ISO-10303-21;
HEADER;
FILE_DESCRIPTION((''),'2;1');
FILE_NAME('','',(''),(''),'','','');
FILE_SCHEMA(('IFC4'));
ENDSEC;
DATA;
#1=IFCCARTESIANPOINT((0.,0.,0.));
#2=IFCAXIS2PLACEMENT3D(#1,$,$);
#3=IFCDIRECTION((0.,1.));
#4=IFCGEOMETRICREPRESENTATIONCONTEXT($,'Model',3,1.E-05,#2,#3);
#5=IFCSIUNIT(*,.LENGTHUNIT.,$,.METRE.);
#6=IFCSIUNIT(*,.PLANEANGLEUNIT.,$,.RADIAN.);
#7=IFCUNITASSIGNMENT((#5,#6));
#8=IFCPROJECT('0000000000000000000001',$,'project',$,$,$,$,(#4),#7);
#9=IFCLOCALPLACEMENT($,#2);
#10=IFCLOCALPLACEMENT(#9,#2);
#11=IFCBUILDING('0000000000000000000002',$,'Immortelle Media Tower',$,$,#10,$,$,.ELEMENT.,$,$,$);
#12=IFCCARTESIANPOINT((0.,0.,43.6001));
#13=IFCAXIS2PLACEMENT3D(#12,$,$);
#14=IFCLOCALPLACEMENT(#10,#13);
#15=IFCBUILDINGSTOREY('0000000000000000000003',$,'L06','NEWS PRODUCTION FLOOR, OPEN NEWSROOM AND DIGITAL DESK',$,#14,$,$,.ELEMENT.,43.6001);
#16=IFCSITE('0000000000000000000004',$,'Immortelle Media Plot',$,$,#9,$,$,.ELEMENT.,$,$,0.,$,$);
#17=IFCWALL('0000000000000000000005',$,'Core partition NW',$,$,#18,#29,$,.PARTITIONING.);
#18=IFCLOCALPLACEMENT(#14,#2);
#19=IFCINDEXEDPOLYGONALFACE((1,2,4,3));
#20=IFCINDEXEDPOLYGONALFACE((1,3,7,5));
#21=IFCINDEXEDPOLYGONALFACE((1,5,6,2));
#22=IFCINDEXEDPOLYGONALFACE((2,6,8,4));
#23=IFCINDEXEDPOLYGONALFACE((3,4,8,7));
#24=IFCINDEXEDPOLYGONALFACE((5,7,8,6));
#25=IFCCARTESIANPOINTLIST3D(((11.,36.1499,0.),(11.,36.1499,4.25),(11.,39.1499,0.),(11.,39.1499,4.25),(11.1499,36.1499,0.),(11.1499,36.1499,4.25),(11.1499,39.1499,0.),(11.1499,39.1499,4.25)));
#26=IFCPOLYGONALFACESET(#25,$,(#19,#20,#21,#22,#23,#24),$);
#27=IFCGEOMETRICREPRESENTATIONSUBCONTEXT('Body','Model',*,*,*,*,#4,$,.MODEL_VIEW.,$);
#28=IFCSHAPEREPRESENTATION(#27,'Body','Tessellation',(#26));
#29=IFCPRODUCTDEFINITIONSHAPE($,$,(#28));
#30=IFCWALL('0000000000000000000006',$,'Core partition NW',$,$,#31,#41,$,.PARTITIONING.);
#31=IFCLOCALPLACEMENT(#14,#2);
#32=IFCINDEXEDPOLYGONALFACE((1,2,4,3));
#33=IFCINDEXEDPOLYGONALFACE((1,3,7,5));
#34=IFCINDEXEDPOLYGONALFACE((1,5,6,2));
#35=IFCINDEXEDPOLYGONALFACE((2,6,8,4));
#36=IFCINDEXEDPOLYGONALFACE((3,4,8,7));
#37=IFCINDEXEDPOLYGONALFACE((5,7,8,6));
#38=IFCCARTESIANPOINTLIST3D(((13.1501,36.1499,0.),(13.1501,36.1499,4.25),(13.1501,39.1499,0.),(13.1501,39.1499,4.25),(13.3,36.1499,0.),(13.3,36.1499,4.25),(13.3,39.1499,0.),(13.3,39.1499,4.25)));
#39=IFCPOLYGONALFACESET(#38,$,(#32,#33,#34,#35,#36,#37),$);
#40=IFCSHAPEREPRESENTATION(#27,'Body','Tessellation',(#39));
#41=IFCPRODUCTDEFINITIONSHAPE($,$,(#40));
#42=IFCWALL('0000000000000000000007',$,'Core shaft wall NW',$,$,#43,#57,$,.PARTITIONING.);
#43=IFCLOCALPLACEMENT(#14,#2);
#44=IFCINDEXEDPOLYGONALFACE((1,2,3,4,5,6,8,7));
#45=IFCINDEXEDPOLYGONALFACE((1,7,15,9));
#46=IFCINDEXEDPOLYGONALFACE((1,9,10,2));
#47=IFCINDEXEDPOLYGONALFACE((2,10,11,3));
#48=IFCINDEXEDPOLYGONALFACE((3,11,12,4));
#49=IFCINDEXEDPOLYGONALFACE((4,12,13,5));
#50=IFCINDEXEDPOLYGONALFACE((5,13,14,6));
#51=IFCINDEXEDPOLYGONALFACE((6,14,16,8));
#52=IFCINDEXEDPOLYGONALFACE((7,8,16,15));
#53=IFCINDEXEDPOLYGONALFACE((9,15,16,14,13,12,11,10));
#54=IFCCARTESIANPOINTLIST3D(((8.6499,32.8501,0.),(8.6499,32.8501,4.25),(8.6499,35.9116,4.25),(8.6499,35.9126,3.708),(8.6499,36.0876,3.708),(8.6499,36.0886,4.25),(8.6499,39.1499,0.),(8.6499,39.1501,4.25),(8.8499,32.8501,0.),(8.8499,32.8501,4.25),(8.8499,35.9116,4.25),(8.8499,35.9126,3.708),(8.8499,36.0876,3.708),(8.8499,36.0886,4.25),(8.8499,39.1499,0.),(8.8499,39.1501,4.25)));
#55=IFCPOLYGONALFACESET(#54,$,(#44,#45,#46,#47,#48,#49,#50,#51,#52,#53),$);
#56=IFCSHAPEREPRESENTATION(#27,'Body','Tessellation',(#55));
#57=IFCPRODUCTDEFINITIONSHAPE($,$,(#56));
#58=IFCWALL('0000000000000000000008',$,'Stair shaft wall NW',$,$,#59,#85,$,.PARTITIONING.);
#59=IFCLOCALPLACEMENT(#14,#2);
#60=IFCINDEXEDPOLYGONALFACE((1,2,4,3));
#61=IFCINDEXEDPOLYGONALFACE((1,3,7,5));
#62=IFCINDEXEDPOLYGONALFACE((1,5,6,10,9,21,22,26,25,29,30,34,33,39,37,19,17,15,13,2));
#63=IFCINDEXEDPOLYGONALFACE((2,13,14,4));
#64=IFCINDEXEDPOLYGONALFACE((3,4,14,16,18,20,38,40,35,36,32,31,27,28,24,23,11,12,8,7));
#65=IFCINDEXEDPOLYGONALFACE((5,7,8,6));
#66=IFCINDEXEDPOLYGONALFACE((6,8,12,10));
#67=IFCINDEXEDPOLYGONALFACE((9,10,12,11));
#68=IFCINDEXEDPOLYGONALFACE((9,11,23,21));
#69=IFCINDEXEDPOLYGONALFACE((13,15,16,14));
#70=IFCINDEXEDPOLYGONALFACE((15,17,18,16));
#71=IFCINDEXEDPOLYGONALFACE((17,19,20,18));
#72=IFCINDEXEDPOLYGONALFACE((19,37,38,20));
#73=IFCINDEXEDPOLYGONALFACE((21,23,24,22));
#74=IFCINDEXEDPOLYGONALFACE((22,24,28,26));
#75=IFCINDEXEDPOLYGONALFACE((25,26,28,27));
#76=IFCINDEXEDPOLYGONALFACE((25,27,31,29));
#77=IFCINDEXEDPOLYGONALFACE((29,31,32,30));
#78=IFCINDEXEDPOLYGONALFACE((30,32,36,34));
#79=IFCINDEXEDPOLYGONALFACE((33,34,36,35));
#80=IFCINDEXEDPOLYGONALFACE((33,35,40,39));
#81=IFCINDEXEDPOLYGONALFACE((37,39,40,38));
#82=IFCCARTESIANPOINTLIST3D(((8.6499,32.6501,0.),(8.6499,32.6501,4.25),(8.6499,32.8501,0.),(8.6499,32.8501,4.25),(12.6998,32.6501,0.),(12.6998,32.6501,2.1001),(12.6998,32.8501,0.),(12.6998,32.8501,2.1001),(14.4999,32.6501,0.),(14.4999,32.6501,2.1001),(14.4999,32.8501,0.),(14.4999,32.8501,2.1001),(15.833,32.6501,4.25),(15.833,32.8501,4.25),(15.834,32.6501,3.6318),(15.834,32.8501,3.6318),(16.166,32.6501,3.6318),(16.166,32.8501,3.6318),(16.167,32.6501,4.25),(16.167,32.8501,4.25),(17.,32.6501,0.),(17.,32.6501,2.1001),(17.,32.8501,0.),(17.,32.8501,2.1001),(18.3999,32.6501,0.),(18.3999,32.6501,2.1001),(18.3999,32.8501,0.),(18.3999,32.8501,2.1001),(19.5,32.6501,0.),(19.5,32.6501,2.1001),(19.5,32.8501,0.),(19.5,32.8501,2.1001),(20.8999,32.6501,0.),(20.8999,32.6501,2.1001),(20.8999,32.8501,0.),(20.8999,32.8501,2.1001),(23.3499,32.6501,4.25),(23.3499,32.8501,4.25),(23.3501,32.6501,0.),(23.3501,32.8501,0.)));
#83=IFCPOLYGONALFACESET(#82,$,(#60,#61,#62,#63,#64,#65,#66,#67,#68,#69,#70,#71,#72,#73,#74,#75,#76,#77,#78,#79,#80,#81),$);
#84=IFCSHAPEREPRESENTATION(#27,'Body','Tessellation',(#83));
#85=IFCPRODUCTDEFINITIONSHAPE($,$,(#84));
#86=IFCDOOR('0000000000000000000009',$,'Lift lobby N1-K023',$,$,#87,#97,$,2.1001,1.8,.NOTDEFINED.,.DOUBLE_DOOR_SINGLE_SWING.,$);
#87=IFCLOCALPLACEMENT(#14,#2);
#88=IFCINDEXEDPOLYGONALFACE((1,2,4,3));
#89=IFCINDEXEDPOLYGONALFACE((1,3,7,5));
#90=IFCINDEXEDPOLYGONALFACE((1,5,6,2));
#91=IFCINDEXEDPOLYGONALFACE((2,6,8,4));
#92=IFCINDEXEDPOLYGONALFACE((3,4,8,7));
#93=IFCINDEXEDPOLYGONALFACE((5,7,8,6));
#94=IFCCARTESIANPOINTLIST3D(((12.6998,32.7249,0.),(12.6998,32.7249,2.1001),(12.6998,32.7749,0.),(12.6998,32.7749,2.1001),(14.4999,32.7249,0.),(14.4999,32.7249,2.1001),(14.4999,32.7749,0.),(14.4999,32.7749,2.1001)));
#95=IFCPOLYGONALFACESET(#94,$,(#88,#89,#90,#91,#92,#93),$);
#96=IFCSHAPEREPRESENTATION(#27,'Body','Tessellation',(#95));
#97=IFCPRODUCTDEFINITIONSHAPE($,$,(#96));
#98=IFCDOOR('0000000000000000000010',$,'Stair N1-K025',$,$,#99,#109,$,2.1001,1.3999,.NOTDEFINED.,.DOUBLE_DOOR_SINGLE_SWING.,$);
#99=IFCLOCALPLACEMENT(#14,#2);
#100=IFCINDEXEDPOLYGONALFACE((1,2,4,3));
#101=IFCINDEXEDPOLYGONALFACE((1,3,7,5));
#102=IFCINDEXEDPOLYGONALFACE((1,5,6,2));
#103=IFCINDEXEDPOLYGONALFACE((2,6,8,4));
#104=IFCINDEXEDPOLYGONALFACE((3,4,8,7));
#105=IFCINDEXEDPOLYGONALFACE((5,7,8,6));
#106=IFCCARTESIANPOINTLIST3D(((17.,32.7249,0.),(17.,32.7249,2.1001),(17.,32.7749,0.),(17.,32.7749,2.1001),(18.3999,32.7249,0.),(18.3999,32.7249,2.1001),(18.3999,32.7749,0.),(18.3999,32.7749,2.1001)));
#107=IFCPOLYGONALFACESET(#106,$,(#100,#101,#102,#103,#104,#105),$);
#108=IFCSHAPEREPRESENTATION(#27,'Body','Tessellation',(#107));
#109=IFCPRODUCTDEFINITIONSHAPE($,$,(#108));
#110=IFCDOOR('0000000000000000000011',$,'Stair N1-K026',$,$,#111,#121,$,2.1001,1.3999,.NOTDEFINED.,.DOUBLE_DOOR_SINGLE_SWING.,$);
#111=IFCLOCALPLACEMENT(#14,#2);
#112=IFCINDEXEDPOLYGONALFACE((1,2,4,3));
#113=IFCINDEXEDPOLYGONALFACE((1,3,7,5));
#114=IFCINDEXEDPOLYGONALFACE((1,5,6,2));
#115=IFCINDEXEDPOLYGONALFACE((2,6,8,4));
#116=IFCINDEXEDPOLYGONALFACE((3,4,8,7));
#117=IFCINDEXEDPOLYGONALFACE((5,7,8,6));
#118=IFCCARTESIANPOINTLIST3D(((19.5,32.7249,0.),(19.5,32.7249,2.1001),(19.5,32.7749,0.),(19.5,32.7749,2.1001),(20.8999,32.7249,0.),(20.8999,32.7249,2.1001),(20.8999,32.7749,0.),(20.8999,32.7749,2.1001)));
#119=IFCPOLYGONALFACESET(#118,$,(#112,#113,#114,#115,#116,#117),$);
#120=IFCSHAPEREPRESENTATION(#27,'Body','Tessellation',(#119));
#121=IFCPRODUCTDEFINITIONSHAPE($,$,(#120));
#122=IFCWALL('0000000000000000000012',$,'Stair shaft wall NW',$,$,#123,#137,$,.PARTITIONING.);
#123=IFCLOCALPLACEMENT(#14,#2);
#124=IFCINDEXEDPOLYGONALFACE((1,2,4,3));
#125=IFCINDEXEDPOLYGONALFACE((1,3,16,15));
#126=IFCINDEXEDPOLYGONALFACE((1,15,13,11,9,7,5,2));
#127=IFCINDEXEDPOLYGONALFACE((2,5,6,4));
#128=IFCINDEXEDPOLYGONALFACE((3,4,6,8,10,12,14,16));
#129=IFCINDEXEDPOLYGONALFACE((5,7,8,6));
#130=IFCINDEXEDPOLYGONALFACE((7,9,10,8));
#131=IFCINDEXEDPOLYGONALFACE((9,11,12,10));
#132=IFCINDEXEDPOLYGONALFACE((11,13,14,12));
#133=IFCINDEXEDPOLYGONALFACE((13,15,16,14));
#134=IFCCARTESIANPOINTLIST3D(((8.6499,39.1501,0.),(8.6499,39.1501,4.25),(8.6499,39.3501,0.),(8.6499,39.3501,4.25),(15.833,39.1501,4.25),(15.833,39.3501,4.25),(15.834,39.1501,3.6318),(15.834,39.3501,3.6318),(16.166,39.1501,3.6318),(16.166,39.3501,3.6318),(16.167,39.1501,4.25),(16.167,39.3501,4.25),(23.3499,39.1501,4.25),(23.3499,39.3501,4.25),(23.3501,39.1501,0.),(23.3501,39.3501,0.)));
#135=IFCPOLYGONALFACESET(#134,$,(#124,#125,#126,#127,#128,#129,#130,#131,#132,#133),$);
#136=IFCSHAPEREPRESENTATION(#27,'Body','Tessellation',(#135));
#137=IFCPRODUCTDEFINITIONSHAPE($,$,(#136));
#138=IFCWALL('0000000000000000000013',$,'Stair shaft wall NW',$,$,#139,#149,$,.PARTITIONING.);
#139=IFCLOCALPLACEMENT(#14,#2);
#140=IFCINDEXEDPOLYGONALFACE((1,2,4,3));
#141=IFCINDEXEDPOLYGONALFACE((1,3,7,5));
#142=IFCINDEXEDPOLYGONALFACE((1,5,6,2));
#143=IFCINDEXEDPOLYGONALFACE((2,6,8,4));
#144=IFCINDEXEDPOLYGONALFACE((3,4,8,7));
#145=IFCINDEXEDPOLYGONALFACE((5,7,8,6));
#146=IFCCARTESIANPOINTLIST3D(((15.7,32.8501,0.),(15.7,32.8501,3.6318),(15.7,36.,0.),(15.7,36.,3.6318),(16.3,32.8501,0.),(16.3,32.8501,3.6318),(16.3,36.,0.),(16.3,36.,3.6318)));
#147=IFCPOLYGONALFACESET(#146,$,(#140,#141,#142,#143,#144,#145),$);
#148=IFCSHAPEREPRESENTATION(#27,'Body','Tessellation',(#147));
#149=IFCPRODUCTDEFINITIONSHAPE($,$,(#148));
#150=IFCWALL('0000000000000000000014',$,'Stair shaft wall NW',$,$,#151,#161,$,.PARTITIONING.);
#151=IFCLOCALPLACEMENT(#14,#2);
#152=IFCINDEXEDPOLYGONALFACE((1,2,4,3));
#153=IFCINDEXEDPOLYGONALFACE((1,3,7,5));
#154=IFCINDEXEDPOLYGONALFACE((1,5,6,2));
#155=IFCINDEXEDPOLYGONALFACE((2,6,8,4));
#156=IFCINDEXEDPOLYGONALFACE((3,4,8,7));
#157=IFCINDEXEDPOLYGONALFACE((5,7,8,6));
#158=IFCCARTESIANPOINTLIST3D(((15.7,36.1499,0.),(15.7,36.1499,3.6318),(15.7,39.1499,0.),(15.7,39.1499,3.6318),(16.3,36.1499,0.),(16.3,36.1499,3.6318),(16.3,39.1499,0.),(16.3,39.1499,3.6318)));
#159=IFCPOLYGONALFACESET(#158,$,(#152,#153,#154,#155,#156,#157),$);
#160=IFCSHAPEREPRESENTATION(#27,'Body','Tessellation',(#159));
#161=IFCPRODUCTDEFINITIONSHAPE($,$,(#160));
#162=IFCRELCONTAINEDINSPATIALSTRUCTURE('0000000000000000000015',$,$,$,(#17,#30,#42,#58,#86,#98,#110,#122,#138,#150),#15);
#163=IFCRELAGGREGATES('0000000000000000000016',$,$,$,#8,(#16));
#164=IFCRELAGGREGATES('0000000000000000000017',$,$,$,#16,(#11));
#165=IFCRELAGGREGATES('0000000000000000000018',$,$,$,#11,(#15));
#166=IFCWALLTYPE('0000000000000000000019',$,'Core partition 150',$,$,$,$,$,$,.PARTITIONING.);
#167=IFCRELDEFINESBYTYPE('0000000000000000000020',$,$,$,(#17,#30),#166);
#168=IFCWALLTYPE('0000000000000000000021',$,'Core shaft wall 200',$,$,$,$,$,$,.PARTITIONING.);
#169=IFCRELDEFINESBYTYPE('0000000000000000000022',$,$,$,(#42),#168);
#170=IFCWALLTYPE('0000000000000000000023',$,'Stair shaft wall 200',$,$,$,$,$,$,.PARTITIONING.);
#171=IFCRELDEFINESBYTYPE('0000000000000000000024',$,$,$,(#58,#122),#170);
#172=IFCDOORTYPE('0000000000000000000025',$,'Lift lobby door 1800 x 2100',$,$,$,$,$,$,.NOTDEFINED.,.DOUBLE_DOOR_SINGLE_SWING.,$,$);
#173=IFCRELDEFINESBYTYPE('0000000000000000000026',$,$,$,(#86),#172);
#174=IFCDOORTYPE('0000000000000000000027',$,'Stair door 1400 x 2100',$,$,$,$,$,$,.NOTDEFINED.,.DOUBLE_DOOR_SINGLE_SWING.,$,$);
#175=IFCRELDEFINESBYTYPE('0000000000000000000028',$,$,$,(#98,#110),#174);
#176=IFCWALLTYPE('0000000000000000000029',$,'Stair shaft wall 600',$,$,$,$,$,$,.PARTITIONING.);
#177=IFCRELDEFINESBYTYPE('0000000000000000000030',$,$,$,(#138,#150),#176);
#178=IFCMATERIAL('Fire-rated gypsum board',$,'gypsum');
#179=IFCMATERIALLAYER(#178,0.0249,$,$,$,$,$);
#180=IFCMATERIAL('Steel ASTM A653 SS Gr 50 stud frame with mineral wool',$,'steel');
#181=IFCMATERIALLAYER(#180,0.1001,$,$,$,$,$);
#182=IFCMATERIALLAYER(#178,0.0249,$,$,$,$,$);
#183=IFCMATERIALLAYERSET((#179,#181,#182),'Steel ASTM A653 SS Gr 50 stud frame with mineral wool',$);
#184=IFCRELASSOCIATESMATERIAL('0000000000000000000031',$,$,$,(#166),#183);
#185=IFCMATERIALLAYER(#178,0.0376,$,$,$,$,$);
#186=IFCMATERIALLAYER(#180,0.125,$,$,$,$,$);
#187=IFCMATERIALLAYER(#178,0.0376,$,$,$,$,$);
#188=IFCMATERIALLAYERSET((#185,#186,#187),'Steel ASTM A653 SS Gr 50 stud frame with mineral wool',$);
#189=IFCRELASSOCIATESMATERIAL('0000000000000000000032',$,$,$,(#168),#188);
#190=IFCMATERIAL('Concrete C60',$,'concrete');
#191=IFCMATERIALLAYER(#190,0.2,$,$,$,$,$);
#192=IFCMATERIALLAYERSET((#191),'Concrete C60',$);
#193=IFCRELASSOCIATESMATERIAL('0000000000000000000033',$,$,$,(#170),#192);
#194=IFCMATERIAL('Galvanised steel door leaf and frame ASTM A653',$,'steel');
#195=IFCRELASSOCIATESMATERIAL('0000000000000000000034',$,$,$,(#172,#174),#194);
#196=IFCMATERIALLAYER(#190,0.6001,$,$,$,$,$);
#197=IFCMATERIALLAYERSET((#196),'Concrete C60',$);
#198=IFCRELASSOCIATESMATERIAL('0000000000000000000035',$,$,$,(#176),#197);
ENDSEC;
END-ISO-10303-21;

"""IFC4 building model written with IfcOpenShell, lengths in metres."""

from ifc_helpers import new_model, si_unit, direction, frame, frame_2d, origin, place, context, subcontext, project, spatial, polyline, rectangle, outline, extrude, material, layer, layer_set, type_object, element, fill, save


model = new_model("IFC4")

# Units and contexts
model_context = context("Model", 3, precision=1e-05, world=origin(), true_north=direction((0.0, 1.0)))
body_context = subcontext(model_context, "Body", "Model", "MODEL_VIEW")
ifc_project = project(units=[si_unit("LENGTHUNIT", "METRE"), si_unit("PLANEANGLEUNIT", "RADIAN")], contexts=[model_context])

# Site, building, storey
site_placement = place(None, origin())
site = spatial("IfcSite", under=ifc_project, at=site_placement, Name="Immortelle Media Plot", CompositionType="ELEMENT", RefElevation=0.0)
building_placement = place(site_placement, origin())
building = spatial("IfcBuilding", under=site, at=building_placement, Name="Immortelle Media Tower", CompositionType="ELEMENT")
storey_placement = place(building_placement, frame((0.0, 0.0, 43.6001)))
storey = spatial("IfcBuildingStorey", under=building, at=storey_placement, Name="L06", Description="NEWS PRODUCTION FLOOR, OPEN NEWSROOM AND DIGITAL DESK", CompositionType="ELEMENT", Elevation=43.6001)

# Shared definitions
ifc_material_1 = material(Name="Fire-rated gypsum board", Category="gypsum")
ifc_layer_1 = layer(ifc_material_1, 0.0249)
ifc_material_2 = material(Name="Steel ASTM A653 SS Gr 50 stud frame with mineral wool", Category="steel")
ifc_layer_2 = layer(ifc_material_2, 0.1001)
ifc_layer_3 = layer(ifc_material_1, 0.0249)
ifc_layer_set_1 = layer_set([ifc_layer_1, ifc_layer_2, ifc_layer_3], Name="Steel ASTM A653 SS Gr 50 stud frame with mineral wool")
wall_type_1 = type_object("IfcWallType", Name="Core partition 150", PredefinedType="PARTITIONING", material=ifc_layer_set_1)

# Walls
for number, where, z_axis, x_axis, name in (
    (1, (11.075, 36.1499, 0.0), (0.0, 0.0, 1.0), (0.0, 1.0, 0.0), "Core partition NW"),
    (2, (13.2251, 36.1499, 0.0), (0.0, 0.0, 1.0), (0.0, 1.0, 0.0), "Core partition NW"),
):
    element("IfcWall", number, at=place(storey_placement, frame(where, z_axis=z_axis, x_axis=x_axis)), inside=storey, type_object=wall_type_1, Name=name, PredefinedType="PARTITIONING", context=body_context, shape_type="SweptSolid", body=[
        extrude(rectangle(XDim=3.0, YDim=0.1499, at=frame_2d((1.5, 0.0))), origin(), (0.0, 0.0, 1.0), 4.25),
    ])
ifc_layer_4 = layer(ifc_material_1, 0.0376)
ifc_layer_5 = layer(ifc_material_2, 0.125)
ifc_layer_6 = layer(ifc_material_1, 0.0376)
ifc_layer_set_2 = layer_set([ifc_layer_4, ifc_layer_5, ifc_layer_6], Name="Steel ASTM A653 SS Gr 50 stud frame with mineral wool")
wall_type_2 = type_object("IfcWallType", Name="Core shaft wall 200", PredefinedType="PARTITIONING", material=ifc_layer_set_2)
wall_1_placement = place(storey_placement, frame((8.75, 32.8501, 0.0), z_axis=(0.0, 0.0, 1.0), x_axis=(0.0, 1.0, 0.0)))
element("IfcWall", 3, at=wall_1_placement, inside=storey, type_object=wall_type_2, Name="Core shaft wall NW", PredefinedType="PARTITIONING", context=body_context, shape_type="SweptSolid", body=[
    extrude(outline(polyline([(0.0, 0.0), (6.2998, 0.0), (6.3, 4.25), (3.2385, 4.25), (3.2375, 3.708), (3.0625, 3.708), (3.0615, 4.25), (0.0, 4.25), (0.0, 0.0)])), frame((0.0, 0.1001, 0.0), z_axis=(0.0, -1.0, 0.0), x_axis=(1.0, 0.0, 0.0)), (0.0, 0.0, 1.0), 0.2),
])

# Wall, openings, doors
ifc_material_3 = material(Name="Concrete C60", Category="concrete")
ifc_layer_7 = layer(ifc_material_3, 0.2)
ifc_layer_set_3 = layer_set([ifc_layer_7], Name="Concrete C60")
wall_type_3 = type_object("IfcWallType", Name="Stair shaft wall 200", PredefinedType="PARTITIONING", material=ifc_layer_set_3)
wall_2_placement = place(storey_placement, frame((8.6499, 32.75, 0.0), z_axis=(0.0, 0.0, 1.0), x_axis=(1.0, 0.0, 0.0)))
wall_2 = element("IfcWall", 4, at=wall_2_placement, inside=storey, type_object=wall_type_3, Name="Stair shaft wall NW", PredefinedType="PARTITIONING", context=body_context, shape_type="SweptSolid", body=[
    extrude(outline(polyline([(0.0, 0.0), (14.7002, 0.0), (14.7, 4.25), (7.5171, 4.25), (7.5161, 3.6318), (7.1841, 3.6318), (7.1831, 4.25), (0.0, 4.25), (0.0, 0.0)])), frame((0.0, 0.1001, 0.0), z_axis=(0.0, -1.0, 0.0), x_axis=(1.0, 0.0, 0.0)), (0.0, 0.0, 1.0), 0.2),
])
opening_1_placement = place(wall_2_placement, frame((4.05, 0.0, 0.0)))
opening_1 = element("IfcOpeningElement", 5, at=opening_1_placement, cuts=wall_2, PredefinedType="OPENING", context=body_context, shape_type="SweptSolid", body=[
    extrude(rectangle(XDim=1.8, YDim=2.1001, at=frame_2d((0.8999, 1.05))), frame((0.0, 0.1099, 0.0), z_axis=(0.0, -1.0, 0.0), x_axis=(1.0, 0.0, 0.0)), (0.0, 0.0, 1.0), 0.22),
])
opening_2_placement = place(wall_2_placement, frame((8.3501, 0.0, 0.0)))
opening_2 = element("IfcOpeningElement", 6, at=opening_2_placement, cuts=wall_2, PredefinedType="OPENING", context=body_context, shape_type="SweptSolid", body=[
    extrude(rectangle(XDim=1.3999, YDim=2.1001, at=frame_2d((0.7, 1.05))), frame((0.0, 0.1099, 0.0), z_axis=(0.0, -1.0, 0.0), x_axis=(1.0, 0.0, 0.0)), (0.0, 0.0, 1.0), 0.22),
])
opening_3_placement = place(wall_2_placement, frame((10.8501, 0.0, 0.0)))
opening_3 = element("IfcOpeningElement", 7, at=opening_3_placement, cuts=wall_2, PredefinedType="OPENING", context=body_context, shape_type="SweptSolid", body=[
    extrude(rectangle(XDim=1.3999, YDim=2.1001, at=frame_2d((0.7, 1.05))), frame((0.0, 0.1099, 0.0), z_axis=(0.0, -1.0, 0.0), x_axis=(1.0, 0.0, 0.0)), (0.0, 0.0, 1.0), 0.22),
])
ifc_material_4 = material(Name="Galvanised steel door leaf and frame ASTM A653", Category="steel")
door_type_1 = type_object("IfcDoorType", Name="Lift lobby door 1800 x 2100", OperationType="DOUBLE_DOOR_SINGLE_SWING", PredefinedType="NOTDEFINED", material=ifc_material_4)
door_1_placement = place(opening_1_placement, origin())
door_1 = element("IfcDoor", 8, at=door_1_placement, inside=storey, type_object=door_type_1, Name="Lift lobby N1-K023", OperationType="DOUBLE_DOOR_SINGLE_SWING", OverallHeight=2.1001, OverallWidth=1.8, PredefinedType="NOTDEFINED", context=body_context, shape_type="SweptSolid", body=[
    extrude(rectangle(XDim=1.8, YDim=2.1001, at=frame_2d((0.8999, 1.05))), frame((0.0, 0.0249, 0.0), z_axis=(0.0, -1.0, 0.0), x_axis=(1.0, 0.0, 0.0)), (0.0, 0.0, 1.0), 0.05),
])
fill(opening_1, door_1)
door_type_2 = type_object("IfcDoorType", Name="Stair door 1400 x 2100", OperationType="DOUBLE_DOOR_SINGLE_SWING", PredefinedType="NOTDEFINED", material=ifc_material_4)
door_2_placement = place(opening_2_placement, origin())
door_2 = element("IfcDoor", 9, at=door_2_placement, inside=storey, type_object=door_type_2, Name="Stair N1-K025", OperationType="DOUBLE_DOOR_SINGLE_SWING", OverallHeight=2.1001, OverallWidth=1.3999, PredefinedType="NOTDEFINED", context=body_context, shape_type="SweptSolid", body=[
    extrude(rectangle(XDim=1.3999, YDim=2.1001, at=frame_2d((0.7, 1.05))), frame((0.0, 0.0249, 0.0), z_axis=(0.0, -1.0, 0.0), x_axis=(1.0, 0.0, 0.0)), (0.0, 0.0, 1.0), 0.05),
])
fill(opening_2, door_2)
door_3_placement = place(opening_3_placement, origin())
door_3 = element("IfcDoor", 10, at=door_3_placement, inside=storey, type_object=door_type_2, Name="Stair N1-K026", OperationType="DOUBLE_DOOR_SINGLE_SWING", OverallHeight=2.1001, OverallWidth=1.3999, PredefinedType="NOTDEFINED", context=body_context, shape_type="SweptSolid", body=[
    extrude(rectangle(XDim=1.3999, YDim=2.1001, at=frame_2d((0.7, 1.05))), frame((0.0, 0.0249, 0.0), z_axis=(0.0, -1.0, 0.0), x_axis=(1.0, 0.0, 0.0)), (0.0, 0.0, 1.0), 0.05),
])
fill(opening_3, door_3)

# Walls
wall_3_placement = place(storey_placement, frame((8.6499, 39.25, 0.0), z_axis=(0.0, 0.0, 1.0), x_axis=(1.0, 0.0, 0.0)))
element("IfcWall", 11, at=wall_3_placement, inside=storey, type_object=wall_type_3, Name="Stair shaft wall NW", PredefinedType="PARTITIONING", context=body_context, shape_type="SweptSolid", body=[
    extrude(outline(polyline([(0.0, 0.0), (14.7002, 0.0), (14.7, 4.25), (7.5171, 4.25), (7.5161, 3.6318), (7.1841, 3.6318), (7.1831, 4.25), (0.0, 4.25), (0.0, 0.0)])), frame((0.0, 0.1001, 0.0), z_axis=(0.0, -1.0, 0.0), x_axis=(1.0, 0.0, 0.0)), (0.0, 0.0, 1.0), 0.2),
])
ifc_layer_8 = layer(ifc_material_3, 0.6001)
ifc_layer_set_4 = layer_set([ifc_layer_8], Name="Concrete C60")
wall_type_4 = type_object("IfcWallType", Name="Stair shaft wall 600", PredefinedType="PARTITIONING", material=ifc_layer_set_4)
wall_4_placement = place(storey_placement, frame((16.0, 32.8501, 0.0), z_axis=(0.0, 0.0, 1.0), x_axis=(0.0, 1.0, 0.0)))
element("IfcWall", 12, at=wall_4_placement, inside=storey, type_object=wall_type_4, Name="Stair shaft wall NW", PredefinedType="PARTITIONING", context=body_context, shape_type="SweptSolid", body=[
    extrude(rectangle(XDim=3.1499, YDim=0.6001, at=frame_2d((1.575, 0.0))), origin(), (0.0, 0.0, 1.0), 3.6318),
])
wall_5_placement = place(storey_placement, frame((16.0, 36.1499, 0.0), z_axis=(0.0, 0.0, 1.0), x_axis=(0.0, 1.0, 0.0)))
element("IfcWall", 13, at=wall_5_placement, inside=storey, type_object=wall_type_4, Name="Stair shaft wall NW", PredefinedType="PARTITIONING", context=body_context, shape_type="SweptSolid", body=[
    extrude(rectangle(XDim=3.0, YDim=0.6001, at=frame_2d((1.5, 0.0))), origin(), (0.0, 0.0, 1.0), 3.6318),
])

save(model, "model.ifc")
